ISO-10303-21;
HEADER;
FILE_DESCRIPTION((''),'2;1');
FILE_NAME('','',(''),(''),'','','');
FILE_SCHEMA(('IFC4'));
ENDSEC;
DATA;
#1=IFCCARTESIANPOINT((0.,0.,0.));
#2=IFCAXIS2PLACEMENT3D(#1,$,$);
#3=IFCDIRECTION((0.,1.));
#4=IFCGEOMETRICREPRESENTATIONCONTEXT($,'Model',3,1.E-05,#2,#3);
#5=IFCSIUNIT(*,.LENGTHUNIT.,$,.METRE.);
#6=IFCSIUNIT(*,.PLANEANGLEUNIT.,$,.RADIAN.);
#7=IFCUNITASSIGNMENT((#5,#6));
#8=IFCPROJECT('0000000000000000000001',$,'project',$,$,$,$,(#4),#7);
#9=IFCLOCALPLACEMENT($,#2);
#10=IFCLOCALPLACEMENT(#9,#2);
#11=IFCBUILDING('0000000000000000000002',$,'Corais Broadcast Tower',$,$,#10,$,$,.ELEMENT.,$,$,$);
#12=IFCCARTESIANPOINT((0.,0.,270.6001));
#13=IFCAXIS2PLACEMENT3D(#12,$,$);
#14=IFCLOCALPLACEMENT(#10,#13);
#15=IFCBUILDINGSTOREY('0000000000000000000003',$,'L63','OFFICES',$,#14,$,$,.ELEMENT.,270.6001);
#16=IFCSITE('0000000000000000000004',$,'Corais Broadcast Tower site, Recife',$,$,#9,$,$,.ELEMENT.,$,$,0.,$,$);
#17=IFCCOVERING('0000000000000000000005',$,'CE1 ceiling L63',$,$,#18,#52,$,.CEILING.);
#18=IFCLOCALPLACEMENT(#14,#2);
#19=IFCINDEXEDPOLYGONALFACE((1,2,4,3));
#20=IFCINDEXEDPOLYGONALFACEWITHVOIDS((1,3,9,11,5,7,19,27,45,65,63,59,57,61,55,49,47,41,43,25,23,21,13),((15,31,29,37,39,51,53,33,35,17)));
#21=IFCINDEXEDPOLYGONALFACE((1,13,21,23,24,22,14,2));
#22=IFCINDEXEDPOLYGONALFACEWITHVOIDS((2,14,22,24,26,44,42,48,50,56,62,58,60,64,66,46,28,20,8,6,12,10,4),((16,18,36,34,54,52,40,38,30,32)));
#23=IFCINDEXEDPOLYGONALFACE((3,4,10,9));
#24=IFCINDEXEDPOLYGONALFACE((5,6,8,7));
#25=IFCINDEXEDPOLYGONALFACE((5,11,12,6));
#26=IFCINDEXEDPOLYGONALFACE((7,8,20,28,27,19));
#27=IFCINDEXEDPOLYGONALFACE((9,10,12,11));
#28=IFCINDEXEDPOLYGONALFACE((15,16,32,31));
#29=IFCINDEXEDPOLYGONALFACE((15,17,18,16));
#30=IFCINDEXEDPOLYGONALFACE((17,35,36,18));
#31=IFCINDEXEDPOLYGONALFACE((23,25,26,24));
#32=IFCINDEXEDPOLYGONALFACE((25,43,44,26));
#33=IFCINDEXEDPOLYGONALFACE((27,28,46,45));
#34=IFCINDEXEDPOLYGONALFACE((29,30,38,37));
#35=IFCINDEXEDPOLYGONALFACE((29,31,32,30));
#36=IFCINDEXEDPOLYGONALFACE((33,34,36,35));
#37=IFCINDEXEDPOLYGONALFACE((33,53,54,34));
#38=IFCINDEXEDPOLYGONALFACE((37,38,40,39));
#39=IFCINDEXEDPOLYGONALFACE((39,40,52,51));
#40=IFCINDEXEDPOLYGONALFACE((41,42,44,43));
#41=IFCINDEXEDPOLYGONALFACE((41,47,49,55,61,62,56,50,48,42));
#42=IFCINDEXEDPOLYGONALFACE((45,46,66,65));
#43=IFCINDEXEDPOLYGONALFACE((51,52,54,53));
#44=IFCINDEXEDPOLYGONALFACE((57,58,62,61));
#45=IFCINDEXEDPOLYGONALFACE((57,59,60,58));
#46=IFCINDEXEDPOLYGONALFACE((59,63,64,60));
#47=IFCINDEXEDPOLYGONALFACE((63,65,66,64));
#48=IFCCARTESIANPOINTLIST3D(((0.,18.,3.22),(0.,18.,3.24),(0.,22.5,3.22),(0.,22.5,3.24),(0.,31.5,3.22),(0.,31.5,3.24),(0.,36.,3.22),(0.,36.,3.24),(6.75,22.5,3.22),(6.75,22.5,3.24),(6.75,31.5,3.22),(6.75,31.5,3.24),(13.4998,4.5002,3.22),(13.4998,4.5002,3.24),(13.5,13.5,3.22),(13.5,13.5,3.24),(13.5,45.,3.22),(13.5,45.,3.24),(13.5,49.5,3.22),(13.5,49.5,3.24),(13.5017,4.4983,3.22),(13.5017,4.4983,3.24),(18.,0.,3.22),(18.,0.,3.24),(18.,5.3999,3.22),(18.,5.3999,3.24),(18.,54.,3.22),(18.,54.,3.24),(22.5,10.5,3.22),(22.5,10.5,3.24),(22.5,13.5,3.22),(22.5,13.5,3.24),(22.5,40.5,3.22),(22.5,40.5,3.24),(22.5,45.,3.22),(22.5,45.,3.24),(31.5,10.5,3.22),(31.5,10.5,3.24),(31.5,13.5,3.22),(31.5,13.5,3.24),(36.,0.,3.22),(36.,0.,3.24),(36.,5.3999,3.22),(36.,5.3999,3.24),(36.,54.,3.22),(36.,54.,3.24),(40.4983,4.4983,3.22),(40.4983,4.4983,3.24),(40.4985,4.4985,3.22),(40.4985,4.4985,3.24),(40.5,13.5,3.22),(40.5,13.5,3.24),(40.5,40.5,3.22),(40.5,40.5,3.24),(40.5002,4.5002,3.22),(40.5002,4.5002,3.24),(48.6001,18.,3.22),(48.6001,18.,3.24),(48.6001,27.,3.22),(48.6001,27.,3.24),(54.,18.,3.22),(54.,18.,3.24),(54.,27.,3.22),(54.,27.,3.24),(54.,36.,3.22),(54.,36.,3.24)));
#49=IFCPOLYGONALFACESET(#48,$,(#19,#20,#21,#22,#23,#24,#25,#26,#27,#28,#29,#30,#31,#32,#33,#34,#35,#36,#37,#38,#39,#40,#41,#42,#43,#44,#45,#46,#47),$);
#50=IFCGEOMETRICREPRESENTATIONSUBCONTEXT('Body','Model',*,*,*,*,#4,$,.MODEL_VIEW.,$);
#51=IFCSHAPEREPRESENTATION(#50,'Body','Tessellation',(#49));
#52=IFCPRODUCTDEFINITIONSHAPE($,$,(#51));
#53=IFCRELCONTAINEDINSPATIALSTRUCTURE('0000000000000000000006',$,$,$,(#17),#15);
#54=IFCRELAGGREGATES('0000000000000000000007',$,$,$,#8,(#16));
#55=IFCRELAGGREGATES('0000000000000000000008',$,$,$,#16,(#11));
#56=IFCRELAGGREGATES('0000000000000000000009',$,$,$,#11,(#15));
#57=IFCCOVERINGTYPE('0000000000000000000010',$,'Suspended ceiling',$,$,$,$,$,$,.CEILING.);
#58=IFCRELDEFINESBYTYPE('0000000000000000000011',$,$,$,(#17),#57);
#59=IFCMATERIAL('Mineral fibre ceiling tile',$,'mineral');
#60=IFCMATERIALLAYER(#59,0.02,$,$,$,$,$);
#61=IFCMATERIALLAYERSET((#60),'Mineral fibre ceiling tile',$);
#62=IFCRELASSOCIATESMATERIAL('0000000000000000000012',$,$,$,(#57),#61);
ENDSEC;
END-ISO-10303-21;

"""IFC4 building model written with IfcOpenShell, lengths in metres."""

from ifc_helpers import new_model, si_unit, direction, frame, origin, place, context, subcontext, project, spatial, polyline, outline, extrude, material, layer, layer_set, type_object, element, save


model = new_model("IFC4")

# Units and contexts
model_context = context("Model", 3, precision=1e-05, world=origin(), true_north=direction((0.0, 1.0)))
body_context = subcontext(model_context, "Body", "Model", "MODEL_VIEW")
ifc_project = project(units=[si_unit("LENGTHUNIT", "METRE"), si_unit("PLANEANGLEUNIT", "RADIAN")], contexts=[model_context])

# Site, building, storey
site_placement = place(None, origin())
site = spatial("IfcSite", under=ifc_project, at=site_placement, Name="Corais Broadcast Tower site, Recife", CompositionType="ELEMENT", RefElevation=0.0)
building_placement = place(site_placement, origin())
building = spatial("IfcBuilding", under=site, at=building_placement, Name="Corais Broadcast Tower", CompositionType="ELEMENT")
storey_placement = place(building_placement, frame((0.0, 0.0, 270.6001)))
storey = spatial("IfcBuildingStorey", under=building, at=storey_placement, Name="L63", Description="OFFICES", CompositionType="ELEMENT", Elevation=270.6001)

# Covering
ifc_material_1 = material(Name="Mineral fibre ceiling tile", Category="mineral")
ifc_layer_1 = layer(ifc_material_1, 0.02)
ifc_layer_set_1 = layer_set([ifc_layer_1], Name="Mineral fibre ceiling tile")
covering_type_1 = type_object("IfcCoveringType", Name="Suspended ceiling", PredefinedType="CEILING", material=ifc_layer_set_1)
covering_1_placement = place(storey_placement, frame((0.0, 0.0, 3.22)))
element("IfcCovering", 1, at=covering_1_placement, inside=storey, type_object=covering_type_1, Name="CE1 ceiling L63", PredefinedType="CEILING", context=body_context, shape_type="SweptSolid", body=[
    extrude(outline(polyline([(13.5, 49.5), (13.5, 49.5), (18.0, 54.0), (36.0, 54.0), (54.0, 36.0), (54.0, 27.0), (48.6001, 27.0), (48.6001, 18.0), (54.0, 18.0), (40.5002, 4.5002), (40.4985, 4.4985), (40.4983, 4.4983), (36.0, 0.0), (36.0, 5.3999), (18.0, 5.3999), (18.0, 0.0), (13.5017, 4.4983), (13.4998, 4.5002), (0.0, 18.0), (0.0, 22.5), (6.75, 22.5), (6.75, 31.5), (0.0, 31.5), (0.0, 36.0), (13.5, 49.5)]), holes=[polyline([(22.5, 40.5), (22.5, 45.0), (13.5, 45.0), (13.5, 13.5), (22.5, 13.5), (22.5, 10.5), (31.5, 10.5), (31.5, 13.5), (40.5, 13.5), (40.5, 40.5), (22.5, 40.5)])]), origin(), (0.0, 0.0, 1.0), 0.02),
])

save(model, "model.ifc")
